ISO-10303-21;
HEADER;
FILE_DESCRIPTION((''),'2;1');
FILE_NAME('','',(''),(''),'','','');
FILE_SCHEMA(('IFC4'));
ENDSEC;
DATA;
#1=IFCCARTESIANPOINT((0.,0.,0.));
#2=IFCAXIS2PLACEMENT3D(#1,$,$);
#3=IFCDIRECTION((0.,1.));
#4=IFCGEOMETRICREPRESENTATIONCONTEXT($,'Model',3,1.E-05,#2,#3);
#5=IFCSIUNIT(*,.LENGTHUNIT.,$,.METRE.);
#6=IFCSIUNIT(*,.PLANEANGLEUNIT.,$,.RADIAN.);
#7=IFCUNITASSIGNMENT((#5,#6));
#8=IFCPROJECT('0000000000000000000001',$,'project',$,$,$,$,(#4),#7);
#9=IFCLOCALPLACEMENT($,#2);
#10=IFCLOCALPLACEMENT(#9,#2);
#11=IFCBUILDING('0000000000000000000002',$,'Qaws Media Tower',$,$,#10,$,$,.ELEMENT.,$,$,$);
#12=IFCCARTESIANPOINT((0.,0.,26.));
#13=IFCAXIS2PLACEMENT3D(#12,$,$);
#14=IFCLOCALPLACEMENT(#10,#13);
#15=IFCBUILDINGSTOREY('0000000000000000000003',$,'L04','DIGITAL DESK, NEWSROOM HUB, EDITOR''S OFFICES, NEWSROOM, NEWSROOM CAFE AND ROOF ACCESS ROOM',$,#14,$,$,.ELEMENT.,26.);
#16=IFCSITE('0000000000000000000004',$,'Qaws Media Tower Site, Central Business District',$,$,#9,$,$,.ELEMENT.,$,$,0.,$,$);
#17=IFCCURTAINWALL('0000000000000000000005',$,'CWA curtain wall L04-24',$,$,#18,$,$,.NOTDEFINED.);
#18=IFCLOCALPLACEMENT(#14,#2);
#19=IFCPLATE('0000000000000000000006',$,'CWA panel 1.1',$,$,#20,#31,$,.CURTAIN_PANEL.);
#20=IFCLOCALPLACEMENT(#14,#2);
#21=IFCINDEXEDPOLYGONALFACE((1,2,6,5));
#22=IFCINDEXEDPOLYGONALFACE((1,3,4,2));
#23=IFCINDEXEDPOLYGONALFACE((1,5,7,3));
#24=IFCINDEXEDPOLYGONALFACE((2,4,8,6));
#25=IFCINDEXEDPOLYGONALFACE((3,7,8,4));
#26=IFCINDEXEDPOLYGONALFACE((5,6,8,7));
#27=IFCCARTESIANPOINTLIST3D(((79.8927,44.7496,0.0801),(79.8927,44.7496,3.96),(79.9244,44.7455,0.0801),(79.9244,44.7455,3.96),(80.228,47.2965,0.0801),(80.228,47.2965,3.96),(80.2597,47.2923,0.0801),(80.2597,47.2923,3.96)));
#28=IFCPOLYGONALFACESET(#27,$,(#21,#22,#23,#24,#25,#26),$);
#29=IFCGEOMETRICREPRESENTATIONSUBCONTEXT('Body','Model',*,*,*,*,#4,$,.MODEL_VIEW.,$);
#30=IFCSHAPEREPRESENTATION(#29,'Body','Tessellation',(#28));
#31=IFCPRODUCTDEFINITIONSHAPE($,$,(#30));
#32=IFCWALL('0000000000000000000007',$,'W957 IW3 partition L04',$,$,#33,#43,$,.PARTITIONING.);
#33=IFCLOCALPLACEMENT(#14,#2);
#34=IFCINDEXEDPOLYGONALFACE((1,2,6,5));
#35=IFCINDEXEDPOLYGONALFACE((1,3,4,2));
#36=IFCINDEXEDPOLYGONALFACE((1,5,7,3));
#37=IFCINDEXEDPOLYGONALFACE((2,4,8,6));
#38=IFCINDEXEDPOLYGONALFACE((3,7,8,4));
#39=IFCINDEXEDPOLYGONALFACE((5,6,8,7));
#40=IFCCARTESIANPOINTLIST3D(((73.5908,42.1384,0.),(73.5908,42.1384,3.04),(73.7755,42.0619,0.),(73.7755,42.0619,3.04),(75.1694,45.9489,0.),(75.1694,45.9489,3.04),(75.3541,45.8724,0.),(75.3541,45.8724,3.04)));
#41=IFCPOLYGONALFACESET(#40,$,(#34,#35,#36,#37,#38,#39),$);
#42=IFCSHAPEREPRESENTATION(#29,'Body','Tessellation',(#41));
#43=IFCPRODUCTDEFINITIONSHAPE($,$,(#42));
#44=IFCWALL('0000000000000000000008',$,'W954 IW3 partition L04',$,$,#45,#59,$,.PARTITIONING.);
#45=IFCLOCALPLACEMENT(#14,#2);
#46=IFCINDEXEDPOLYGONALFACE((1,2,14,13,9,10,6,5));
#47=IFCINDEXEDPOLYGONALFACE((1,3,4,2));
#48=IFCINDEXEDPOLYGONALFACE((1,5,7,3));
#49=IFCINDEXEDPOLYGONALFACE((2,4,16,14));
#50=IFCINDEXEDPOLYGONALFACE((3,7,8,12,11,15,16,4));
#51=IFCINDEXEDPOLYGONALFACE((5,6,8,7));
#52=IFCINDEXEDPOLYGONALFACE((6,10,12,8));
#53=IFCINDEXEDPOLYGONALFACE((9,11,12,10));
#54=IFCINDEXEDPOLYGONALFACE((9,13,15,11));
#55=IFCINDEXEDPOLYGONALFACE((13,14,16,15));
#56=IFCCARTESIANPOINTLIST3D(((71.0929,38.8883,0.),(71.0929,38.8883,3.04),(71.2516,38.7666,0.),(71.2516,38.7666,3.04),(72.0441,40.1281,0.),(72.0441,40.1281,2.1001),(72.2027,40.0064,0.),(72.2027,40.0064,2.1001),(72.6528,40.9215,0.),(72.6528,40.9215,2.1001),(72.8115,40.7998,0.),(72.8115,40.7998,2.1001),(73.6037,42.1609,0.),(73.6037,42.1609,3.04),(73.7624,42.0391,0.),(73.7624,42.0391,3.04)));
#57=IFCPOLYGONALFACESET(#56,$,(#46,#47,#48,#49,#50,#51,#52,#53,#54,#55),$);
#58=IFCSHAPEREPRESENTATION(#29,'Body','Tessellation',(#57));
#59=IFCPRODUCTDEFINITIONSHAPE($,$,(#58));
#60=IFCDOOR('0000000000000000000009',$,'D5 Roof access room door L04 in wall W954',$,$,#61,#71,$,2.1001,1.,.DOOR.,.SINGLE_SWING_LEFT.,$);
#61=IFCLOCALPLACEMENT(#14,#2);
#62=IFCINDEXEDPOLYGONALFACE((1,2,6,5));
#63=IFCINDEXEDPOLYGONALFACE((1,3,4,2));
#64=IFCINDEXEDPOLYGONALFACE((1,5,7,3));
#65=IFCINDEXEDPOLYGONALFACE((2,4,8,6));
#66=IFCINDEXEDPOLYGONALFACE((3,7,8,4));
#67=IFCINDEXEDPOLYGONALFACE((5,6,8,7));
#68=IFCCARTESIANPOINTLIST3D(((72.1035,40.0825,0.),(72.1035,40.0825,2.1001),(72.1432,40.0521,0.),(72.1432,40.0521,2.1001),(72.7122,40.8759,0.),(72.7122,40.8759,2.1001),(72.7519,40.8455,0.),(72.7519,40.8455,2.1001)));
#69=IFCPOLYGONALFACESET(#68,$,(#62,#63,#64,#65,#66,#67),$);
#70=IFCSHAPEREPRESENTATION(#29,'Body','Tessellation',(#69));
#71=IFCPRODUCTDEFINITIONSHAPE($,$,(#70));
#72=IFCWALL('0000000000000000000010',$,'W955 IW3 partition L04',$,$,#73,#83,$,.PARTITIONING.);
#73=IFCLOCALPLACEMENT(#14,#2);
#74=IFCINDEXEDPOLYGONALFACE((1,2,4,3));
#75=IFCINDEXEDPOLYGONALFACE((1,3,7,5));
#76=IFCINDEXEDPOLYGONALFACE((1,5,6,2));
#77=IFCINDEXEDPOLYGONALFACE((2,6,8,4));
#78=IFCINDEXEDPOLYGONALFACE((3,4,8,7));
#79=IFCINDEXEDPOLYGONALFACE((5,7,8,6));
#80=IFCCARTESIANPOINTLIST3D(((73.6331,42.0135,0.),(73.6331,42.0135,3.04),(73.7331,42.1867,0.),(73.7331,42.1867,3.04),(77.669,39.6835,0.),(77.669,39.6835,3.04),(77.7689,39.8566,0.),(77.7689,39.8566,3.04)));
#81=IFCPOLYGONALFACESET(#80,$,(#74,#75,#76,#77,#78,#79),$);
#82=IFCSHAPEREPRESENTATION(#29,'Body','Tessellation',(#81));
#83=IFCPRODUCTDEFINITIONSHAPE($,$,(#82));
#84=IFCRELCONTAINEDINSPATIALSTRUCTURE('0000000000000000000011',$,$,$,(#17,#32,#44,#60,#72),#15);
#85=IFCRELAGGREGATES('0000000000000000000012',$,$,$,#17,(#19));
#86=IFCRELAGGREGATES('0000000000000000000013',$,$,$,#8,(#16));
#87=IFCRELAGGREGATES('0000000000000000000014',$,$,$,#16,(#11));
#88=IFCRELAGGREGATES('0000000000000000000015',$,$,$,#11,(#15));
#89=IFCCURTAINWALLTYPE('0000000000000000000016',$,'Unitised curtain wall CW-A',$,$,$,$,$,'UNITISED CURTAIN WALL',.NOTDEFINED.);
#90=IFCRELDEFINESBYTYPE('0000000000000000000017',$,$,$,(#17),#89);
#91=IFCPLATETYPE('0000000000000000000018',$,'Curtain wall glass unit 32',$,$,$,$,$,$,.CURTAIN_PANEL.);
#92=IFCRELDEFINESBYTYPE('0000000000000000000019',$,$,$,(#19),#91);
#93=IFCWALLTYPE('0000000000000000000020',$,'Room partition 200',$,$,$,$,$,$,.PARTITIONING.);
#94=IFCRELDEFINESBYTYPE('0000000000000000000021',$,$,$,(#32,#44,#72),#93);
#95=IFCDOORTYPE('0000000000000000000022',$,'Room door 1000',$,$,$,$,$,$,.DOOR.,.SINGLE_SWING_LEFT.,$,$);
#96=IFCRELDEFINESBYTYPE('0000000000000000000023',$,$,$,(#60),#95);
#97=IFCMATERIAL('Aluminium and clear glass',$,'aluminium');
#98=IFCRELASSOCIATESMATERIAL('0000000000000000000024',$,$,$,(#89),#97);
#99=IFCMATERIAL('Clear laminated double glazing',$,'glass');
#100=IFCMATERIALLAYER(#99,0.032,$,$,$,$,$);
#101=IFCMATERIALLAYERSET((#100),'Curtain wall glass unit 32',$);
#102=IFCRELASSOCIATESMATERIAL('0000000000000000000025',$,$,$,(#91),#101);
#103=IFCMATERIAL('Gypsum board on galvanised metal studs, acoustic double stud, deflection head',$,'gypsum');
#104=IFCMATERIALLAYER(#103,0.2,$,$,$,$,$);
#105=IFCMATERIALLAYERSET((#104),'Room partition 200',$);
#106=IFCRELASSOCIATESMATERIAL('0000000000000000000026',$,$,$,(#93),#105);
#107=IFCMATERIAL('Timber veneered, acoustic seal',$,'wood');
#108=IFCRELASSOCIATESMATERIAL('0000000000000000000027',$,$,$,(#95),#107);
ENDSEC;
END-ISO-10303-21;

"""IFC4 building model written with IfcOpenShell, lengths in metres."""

from ifc_helpers import new_model, si_unit, direction, frame, frame_2d, origin, origin_2d, place, context, subcontext, project, spatial, rectangle, extrude, material, layer, layer_set, type_object, element, fill, aggregate, save


model = new_model("IFC4")

# Units and contexts
model_context = context("Model", 3, precision=1e-05, world=origin(), true_north=direction((0.0, 1.0)))
body_context = subcontext(model_context, "Body", "Model", "MODEL_VIEW")
ifc_project = project(units=[si_unit("LENGTHUNIT", "METRE"), si_unit("PLANEANGLEUNIT", "RADIAN")], contexts=[model_context])

# Site, building, storey
site_placement = place(None, origin())
site = spatial("IfcSite", under=ifc_project, at=site_placement, Name="Qaws Media Tower Site, Central Business District", CompositionType="ELEMENT", RefElevation=0.0)
building_placement = place(site_placement, origin())
building = spatial("IfcBuilding", under=site, at=building_placement, Name="Qaws Media Tower", CompositionType="ELEMENT")
storey_placement = place(building_placement, frame((0.0, 0.0, 26.0)))
storey = spatial("IfcBuildingStorey", under=building, at=storey_placement, Name="L04", Description="DIGITAL DESK, NEWSROOM HUB, EDITOR'S OFFICES, NEWSROOM, NEWSROOM CAFE AND ROOF ACCESS ROOM", CompositionType="ELEMENT", Elevation=26.0)

# Shared definitions
ifc_material_1 = material(Name="Aluminium and clear glass", Category="aluminium")
curtain_wall_type = type_object("IfcCurtainWallType", Name="Unitised curtain wall CW-A", ElementType="UNITISED CURTAIN WALL", PredefinedType="NOTDEFINED", material=ifc_material_1)

# Curtain wall
curtain_wall_1_placement = place(storey_placement, origin())
curtain_wall_1 = element("IfcCurtainWall", 1, at=curtain_wall_1_placement, inside=storey, type_object=curtain_wall_type, Name="CWA curtain wall L04-24", PredefinedType="NOTDEFINED")

# Plate
ifc_material_2 = material(Name="Clear laminated double glazing", Category="glass")
ifc_layer_1 = layer(ifc_material_2, 0.032)
ifc_layer_set_1 = layer_set([ifc_layer_1], Name="Curtain wall glass unit 32")
plate_type = type_object("IfcPlateType", Name="Curtain wall glass unit 32", PredefinedType="CURTAIN_PANEL", material=ifc_layer_set_1)
plate_1_placement = place(storey_placement, frame((80.0762, 46.021, 0.0801), z_axis=(0.0, 0.0, 1.0), x_axis=(0.130526, 0.991445, 0.0)))
plate_1 = element("IfcPlate", 2, at=plate_1_placement, type_object=plate_type, Name="CWA panel 1.1", PredefinedType="CURTAIN_PANEL", context=body_context, shape_type="SweptSolid", body=[
    extrude(rectangle(XDim=2.5688, YDim=0.032, at=origin_2d()), origin(), (0.0, 0.0, 1.0), 3.8799),
])
aggregate(curtain_wall_1, [plate_1])

# Wall
ifc_material_3 = material(Name="Gypsum board on galvanised metal studs, acoustic double stud, deflection head", Category="gypsum")
ifc_layer_2 = layer(ifc_material_3, 0.2)
ifc_layer_set_2 = layer_set([ifc_layer_2], Name="Room partition 200")
wall_type = type_object("IfcWallType", Name="Room partition 200", PredefinedType="PARTITIONING", material=ifc_layer_set_2)
wall_1_placement = place(storey_placement, frame((75.2617, 45.9106, 0.0), z_axis=(0.0, 0.0, 1.0), x_axis=(-0.382732, -0.92386, 0.0)))
element("IfcWall", 3, at=wall_1_placement, inside=storey, type_object=wall_type, Name="W957 IW3 partition L04", PredefinedType="PARTITIONING", context=body_context, shape_type="SweptSolid", body=[
    extrude(rectangle(XDim=4.1245, YDim=0.2, at=frame_2d((2.0623, 0.0))), origin(), (0.0, 0.0, 1.0), 3.04),
])

# Wall, opening, door
wall_2_placement = place(storey_placement, frame((73.6831, 42.1001, 0.0), z_axis=(0.0, 0.0, 1.0), x_axis=(-0.608715, -0.793389, 0.0)))
wall_2 = element("IfcWall", 4, at=wall_2_placement, inside=storey, type_object=wall_type, Name="W954 IW3 partition L04", PredefinedType="PARTITIONING", context=body_context, shape_type="SweptSolid", body=[
    extrude(rectangle(XDim=4.1248, YDim=0.2, at=frame_2d((2.0625, 0.0))), origin(), (0.0, 0.0, 1.0), 3.04),
])
opening_placement = place(wall_2_placement, frame((1.5623, 0.0, 0.0)))
opening = element("IfcOpeningElement", 5, at=opening_placement, cuts=wall_2, PredefinedType="OPENING", context=body_context, shape_type="SweptSolid", body=[
    extrude(rectangle(XDim=1.0, YDim=2.1001, at=frame_2d((0.5, 1.05))), frame((0.0, 0.1099, 0.0), z_axis=(0.0, -1.0, 0.0), x_axis=(1.0, 0.0, 0.0)), (0.0, 0.0, 1.0), 0.22),
])
ifc_material_4 = material(Name="Timber veneered, acoustic seal", Category="wood")
door_type = type_object("IfcDoorType", Name="Room door 1000", OperationType="SINGLE_SWING_LEFT", PredefinedType="DOOR", material=ifc_material_4)
door_placement = place(opening_placement, origin())
door = element("IfcDoor", 6, at=door_placement, inside=storey, type_object=door_type, Name="D5 Roof access room door L04 in wall W954", OperationType="SINGLE_SWING_LEFT", OverallHeight=2.1001, OverallWidth=1.0, PredefinedType="DOOR", context=body_context, shape_type="SweptSolid", body=[
    extrude(rectangle(XDim=1.0, YDim=2.1001, at=frame_2d((0.5, 1.05))), frame((0.0, 0.0249, 0.0), z_axis=(0.0, -1.0, 0.0), x_axis=(1.0, 0.0, 0.0)), (0.0, 0.0, 1.0), 0.05),
])
fill(opening, door)

# Wall
wall_3_placement = place(storey_placement, frame((73.6831, 42.1001, 0.0), z_axis=(0.0, 0.0, 1.0), x_axis=(0.866029, -0.499993, 0.0)))
element("IfcWall", 7, at=wall_3_placement, inside=storey, type_object=wall_type, Name="W955 IW3 partition L04", PredefinedType="PARTITIONING", context=body_context, shape_type="SweptSolid", body=[
    extrude(rectangle(XDim=4.6602, YDim=0.2, at=frame_2d((2.3301, 0.0))), origin(), (0.0, 0.0, 1.0), 3.04),
])

save(model, "model.ifc")
